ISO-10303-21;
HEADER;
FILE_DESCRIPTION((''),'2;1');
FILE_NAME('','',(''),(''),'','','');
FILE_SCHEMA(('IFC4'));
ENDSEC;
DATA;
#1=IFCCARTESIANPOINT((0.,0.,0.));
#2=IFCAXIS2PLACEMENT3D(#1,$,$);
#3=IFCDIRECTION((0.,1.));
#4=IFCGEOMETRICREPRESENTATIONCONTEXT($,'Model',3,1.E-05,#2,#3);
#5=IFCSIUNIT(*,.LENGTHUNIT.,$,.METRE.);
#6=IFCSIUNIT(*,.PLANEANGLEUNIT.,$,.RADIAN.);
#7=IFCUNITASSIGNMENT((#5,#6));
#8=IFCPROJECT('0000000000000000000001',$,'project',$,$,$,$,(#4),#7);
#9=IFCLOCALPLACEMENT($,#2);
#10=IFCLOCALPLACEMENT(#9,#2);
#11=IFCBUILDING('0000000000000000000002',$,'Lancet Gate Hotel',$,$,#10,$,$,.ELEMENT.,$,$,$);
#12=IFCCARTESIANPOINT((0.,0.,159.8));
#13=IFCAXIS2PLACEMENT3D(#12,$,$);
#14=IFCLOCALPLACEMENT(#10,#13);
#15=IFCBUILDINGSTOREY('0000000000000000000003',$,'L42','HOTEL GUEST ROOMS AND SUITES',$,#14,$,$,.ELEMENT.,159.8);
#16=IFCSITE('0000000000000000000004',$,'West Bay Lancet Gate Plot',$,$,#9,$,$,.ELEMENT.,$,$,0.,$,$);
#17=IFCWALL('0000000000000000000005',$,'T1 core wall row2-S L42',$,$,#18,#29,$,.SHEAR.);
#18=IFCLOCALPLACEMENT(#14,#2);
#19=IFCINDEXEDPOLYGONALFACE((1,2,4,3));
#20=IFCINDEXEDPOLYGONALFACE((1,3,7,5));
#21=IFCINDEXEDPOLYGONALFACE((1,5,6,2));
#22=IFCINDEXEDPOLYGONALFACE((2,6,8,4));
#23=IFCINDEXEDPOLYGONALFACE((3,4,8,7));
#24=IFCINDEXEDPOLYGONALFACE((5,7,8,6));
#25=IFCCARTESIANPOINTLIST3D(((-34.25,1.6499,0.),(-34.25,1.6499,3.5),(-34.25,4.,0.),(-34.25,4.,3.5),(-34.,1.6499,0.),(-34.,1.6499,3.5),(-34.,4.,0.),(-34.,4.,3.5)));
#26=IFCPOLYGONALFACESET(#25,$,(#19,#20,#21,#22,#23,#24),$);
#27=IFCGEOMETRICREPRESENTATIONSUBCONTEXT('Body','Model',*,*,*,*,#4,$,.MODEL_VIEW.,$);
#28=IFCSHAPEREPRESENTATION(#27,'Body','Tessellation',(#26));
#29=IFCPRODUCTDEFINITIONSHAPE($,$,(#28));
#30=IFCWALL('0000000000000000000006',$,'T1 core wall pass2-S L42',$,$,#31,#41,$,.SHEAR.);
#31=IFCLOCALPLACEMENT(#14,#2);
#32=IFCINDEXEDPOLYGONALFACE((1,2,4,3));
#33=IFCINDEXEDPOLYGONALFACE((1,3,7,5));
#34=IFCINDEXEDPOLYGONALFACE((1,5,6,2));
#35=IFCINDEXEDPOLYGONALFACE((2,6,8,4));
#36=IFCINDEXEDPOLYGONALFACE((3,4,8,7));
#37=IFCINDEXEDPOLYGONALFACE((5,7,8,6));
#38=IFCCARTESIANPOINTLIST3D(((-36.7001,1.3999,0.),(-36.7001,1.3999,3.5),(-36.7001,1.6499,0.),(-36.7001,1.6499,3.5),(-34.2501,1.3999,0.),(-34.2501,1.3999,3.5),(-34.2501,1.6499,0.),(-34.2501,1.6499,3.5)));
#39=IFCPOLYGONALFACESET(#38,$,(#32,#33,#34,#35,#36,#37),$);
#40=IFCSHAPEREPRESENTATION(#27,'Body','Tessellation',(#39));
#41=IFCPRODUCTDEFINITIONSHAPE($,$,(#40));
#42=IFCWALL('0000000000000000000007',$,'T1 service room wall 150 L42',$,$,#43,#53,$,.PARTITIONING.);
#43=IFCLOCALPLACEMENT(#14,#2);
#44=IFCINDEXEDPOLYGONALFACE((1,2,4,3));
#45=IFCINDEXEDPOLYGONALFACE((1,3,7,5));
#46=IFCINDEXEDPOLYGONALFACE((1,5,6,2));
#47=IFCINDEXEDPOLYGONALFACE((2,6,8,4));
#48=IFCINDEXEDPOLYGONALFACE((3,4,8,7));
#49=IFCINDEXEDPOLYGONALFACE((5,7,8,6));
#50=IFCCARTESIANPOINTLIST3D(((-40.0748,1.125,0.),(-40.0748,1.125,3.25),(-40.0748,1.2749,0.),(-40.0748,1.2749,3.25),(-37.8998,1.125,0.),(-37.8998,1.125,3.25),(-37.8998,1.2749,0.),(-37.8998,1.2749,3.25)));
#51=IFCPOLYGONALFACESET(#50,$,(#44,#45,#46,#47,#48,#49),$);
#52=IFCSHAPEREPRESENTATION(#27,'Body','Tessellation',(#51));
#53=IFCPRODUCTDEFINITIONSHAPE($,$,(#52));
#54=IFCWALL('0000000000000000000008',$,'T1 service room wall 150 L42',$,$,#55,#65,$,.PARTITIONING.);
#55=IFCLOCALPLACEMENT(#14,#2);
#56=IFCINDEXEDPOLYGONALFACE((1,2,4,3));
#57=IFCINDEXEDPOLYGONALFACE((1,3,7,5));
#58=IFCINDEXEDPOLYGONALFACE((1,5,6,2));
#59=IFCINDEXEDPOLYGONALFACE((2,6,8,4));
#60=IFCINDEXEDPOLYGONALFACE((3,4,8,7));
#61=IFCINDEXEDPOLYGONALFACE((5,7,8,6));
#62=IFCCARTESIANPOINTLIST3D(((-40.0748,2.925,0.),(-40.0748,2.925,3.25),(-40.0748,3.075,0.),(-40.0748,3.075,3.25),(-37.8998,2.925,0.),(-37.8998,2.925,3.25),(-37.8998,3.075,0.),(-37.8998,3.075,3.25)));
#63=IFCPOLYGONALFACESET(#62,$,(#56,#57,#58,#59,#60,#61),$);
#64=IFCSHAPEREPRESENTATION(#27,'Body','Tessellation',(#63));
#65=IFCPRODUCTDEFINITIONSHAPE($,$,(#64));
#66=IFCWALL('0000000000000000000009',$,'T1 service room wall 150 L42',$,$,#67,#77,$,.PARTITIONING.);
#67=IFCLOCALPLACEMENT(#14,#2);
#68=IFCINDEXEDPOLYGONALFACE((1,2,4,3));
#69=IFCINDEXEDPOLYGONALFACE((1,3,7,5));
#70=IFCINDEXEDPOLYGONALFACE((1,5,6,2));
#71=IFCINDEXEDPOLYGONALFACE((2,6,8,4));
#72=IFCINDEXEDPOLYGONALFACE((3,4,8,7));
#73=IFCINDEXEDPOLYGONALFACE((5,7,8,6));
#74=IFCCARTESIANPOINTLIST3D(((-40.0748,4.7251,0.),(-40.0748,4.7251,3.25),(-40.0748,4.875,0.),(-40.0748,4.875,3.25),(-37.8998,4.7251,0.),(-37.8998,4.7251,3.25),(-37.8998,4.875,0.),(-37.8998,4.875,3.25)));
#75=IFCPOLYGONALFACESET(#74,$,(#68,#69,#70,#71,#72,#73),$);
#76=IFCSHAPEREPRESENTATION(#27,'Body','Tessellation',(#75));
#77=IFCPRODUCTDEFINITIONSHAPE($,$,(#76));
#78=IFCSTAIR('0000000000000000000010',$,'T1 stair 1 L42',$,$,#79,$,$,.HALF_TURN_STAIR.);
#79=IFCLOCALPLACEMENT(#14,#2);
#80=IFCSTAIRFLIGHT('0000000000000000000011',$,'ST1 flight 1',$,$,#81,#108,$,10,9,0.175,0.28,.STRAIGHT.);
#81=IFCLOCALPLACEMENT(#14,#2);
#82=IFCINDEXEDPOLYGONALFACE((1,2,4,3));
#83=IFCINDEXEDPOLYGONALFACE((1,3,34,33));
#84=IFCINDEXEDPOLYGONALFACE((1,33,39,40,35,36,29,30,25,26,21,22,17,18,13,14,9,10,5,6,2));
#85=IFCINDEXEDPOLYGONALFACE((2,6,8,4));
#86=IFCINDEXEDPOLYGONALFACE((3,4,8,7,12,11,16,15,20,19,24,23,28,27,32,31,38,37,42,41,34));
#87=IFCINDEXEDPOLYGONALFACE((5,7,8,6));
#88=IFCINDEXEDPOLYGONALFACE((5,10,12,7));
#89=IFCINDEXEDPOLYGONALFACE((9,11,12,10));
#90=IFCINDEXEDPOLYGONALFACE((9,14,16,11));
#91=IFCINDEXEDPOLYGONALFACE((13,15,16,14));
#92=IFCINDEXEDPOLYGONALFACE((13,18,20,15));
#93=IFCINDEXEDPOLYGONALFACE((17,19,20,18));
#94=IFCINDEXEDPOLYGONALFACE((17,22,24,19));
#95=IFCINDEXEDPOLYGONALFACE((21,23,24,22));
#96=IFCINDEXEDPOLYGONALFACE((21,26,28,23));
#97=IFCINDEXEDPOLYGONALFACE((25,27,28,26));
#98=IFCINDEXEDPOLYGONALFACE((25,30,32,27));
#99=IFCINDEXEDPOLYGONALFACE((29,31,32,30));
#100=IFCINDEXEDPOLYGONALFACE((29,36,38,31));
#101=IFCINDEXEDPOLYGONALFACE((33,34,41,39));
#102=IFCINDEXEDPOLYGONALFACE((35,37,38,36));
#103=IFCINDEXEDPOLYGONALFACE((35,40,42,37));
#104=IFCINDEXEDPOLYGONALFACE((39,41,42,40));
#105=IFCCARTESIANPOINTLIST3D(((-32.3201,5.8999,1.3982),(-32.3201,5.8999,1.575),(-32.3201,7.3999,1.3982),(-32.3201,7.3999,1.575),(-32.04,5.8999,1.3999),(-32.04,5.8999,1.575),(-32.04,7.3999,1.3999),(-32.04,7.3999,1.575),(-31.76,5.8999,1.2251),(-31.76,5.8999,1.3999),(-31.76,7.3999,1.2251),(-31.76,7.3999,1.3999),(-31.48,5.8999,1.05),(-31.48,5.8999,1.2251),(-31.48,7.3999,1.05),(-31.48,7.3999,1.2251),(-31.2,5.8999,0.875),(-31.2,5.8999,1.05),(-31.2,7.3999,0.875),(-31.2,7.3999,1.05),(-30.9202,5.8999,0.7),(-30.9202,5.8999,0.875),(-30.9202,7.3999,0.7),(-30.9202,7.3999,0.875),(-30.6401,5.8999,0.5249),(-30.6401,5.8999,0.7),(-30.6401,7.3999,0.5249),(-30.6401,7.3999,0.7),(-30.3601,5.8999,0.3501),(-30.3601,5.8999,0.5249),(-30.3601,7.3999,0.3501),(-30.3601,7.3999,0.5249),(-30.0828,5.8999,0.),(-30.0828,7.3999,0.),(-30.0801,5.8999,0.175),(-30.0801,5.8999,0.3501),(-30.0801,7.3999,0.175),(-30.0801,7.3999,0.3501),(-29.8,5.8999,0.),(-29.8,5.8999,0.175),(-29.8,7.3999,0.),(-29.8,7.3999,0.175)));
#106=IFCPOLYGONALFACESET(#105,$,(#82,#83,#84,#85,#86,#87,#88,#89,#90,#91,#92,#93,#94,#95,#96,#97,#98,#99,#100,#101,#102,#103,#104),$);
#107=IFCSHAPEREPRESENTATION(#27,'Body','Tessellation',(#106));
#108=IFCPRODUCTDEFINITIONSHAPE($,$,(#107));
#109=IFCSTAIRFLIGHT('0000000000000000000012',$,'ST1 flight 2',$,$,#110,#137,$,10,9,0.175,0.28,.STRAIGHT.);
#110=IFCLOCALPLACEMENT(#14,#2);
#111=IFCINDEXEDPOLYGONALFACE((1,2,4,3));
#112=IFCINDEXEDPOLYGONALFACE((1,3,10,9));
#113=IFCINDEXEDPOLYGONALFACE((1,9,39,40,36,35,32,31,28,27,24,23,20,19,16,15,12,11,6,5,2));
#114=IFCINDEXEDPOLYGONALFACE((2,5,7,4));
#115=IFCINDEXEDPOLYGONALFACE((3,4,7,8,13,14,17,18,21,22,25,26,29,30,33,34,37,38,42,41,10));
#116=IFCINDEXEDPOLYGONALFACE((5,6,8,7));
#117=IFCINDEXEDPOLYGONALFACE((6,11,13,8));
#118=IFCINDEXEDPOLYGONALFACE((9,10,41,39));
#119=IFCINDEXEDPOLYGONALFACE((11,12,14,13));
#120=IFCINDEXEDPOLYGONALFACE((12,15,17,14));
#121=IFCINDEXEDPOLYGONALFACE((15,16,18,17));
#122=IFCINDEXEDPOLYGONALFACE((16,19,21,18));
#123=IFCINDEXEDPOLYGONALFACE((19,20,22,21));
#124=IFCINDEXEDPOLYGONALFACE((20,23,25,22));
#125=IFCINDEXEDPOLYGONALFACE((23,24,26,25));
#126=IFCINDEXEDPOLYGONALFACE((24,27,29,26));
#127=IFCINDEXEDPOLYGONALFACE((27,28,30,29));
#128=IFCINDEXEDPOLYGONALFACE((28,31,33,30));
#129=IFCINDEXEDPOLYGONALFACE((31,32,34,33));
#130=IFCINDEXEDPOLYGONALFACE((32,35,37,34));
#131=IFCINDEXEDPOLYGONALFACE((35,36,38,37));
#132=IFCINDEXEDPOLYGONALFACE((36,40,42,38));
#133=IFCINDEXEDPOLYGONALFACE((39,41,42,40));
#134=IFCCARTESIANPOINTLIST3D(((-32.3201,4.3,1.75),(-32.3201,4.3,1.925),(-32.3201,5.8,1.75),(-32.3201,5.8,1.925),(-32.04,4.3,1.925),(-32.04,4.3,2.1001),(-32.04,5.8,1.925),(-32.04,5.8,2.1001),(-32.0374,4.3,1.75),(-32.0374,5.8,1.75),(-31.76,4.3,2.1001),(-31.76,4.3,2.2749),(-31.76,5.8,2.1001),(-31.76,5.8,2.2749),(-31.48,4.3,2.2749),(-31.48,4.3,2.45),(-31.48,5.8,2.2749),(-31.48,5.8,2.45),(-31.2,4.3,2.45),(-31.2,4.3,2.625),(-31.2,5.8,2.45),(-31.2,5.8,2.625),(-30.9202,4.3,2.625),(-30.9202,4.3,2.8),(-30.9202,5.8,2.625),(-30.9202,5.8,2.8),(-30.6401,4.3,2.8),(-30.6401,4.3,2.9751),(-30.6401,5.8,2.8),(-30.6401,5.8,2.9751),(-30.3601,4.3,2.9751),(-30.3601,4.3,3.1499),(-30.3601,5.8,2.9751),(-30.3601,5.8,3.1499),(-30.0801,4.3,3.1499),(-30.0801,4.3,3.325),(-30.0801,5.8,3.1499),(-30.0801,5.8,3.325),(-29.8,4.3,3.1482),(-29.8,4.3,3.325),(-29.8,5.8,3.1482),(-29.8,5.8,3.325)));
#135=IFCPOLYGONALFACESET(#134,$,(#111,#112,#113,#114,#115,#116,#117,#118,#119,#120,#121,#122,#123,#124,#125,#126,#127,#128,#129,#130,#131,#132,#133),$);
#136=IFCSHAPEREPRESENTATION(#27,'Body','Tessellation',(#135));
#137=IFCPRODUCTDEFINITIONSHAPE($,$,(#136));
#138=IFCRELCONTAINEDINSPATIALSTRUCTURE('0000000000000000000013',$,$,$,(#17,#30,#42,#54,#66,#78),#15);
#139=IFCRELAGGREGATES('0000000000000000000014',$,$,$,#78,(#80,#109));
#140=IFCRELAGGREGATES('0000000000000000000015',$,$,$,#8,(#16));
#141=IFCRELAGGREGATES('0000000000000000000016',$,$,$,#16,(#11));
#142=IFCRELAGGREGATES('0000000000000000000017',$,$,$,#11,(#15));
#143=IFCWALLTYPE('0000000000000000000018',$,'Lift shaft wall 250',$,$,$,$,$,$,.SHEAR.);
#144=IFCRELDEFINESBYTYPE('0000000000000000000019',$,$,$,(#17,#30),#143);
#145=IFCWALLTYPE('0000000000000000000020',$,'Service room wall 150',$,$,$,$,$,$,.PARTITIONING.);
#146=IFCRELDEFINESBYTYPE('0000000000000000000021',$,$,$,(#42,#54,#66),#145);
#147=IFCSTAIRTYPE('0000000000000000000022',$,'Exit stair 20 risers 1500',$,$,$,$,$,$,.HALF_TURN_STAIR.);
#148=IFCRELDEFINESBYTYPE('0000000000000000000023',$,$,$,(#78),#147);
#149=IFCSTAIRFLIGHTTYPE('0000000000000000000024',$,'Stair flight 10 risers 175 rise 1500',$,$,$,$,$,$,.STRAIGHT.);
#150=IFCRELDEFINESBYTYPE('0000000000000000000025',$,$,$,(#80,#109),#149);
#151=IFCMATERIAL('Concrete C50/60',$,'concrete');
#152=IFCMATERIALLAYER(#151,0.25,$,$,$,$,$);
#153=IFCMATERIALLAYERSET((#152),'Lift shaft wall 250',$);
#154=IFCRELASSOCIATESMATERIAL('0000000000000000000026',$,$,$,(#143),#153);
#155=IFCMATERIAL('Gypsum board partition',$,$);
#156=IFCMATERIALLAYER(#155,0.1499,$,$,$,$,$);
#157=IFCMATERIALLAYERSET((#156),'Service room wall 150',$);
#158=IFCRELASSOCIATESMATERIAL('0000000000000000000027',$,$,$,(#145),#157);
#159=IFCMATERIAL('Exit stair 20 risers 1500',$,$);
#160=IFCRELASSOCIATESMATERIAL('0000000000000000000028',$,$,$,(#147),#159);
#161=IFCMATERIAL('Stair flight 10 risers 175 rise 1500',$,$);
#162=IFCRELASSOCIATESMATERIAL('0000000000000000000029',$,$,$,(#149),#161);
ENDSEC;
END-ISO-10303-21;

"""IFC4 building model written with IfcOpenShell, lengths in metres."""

from ifc_helpers import new_model, si_unit, direction, frame, frame_2d, origin, place, context, subcontext, project, spatial, polyline, rectangle, outline, extrude, material, layer, layer_set, type_object, element, aggregate, save


model = new_model("IFC4")

# Units and contexts
model_context = context("Model", 3, precision=1e-05, world=origin(), true_north=direction((0.0, 1.0)))
body_context = subcontext(model_context, "Body", "Model", "MODEL_VIEW")
ifc_project = project(units=[si_unit("LENGTHUNIT", "METRE"), si_unit("PLANEANGLEUNIT", "RADIAN")], contexts=[model_context])

# Site, building, storey
site_placement = place(None, origin())
site = spatial("IfcSite", under=ifc_project, at=site_placement, Name="West Bay Lancet Gate Plot", CompositionType="ELEMENT", RefElevation=0.0)
building_placement = place(site_placement, origin())
building = spatial("IfcBuilding", under=site, at=building_placement, Name="Lancet Gate Hotel", CompositionType="ELEMENT")
storey_placement = place(building_placement, frame((0.0, 0.0, 159.8)))
storey = spatial("IfcBuildingStorey", under=building, at=storey_placement, Name="L42", Description="HOTEL GUEST ROOMS AND SUITES", CompositionType="ELEMENT", Elevation=159.8)

# Shared definitions
ifc_material_1 = material(Name="Concrete C50/60", Category="concrete")
ifc_layer_1 = layer(ifc_material_1, 0.25)
ifc_layer_set_1 = layer_set([ifc_layer_1], Name="Lift shaft wall 250")
wall_type_1 = type_object("IfcWallType", Name="Lift shaft wall 250", PredefinedType="SHEAR", material=ifc_layer_set_1)

# Walls
wall_1_placement = place(storey_placement, frame((-34.125, 4.0, 0.0), z_axis=(0.0, 0.0, 1.0), x_axis=(0.0, -1.0, 0.0)))
element("IfcWall", 1, at=wall_1_placement, inside=storey, type_object=wall_type_1, Name="T1 core wall row2-S L42", PredefinedType="SHEAR", context=body_context, shape_type="SweptSolid", body=[
    extrude(rectangle(XDim=2.3501, YDim=0.25, at=frame_2d((1.175, 0.0))), origin(), (0.0, 0.0, 1.0), 3.5),
])
wall_2_placement = place(storey_placement, frame((-34.25, 1.5249, 0.0), z_axis=(0.0, 0.0, 1.0), x_axis=(-1.0, 0.0, 0.0)))
element("IfcWall", 2, at=wall_2_placement, inside=storey, type_object=wall_type_1, Name="T1 core wall pass2-S L42", PredefinedType="SHEAR", context=body_context, shape_type="SweptSolid", body=[
    extrude(rectangle(XDim=2.45, YDim=0.25, at=frame_2d((1.2251, 0.0))), origin(), (0.0, 0.0, 1.0), 3.5),
])
ifc_material_2 = material(Name="Gypsum board partition")
ifc_layer_2 = layer(ifc_material_2, 0.1499)
ifc_layer_set_2 = layer_set([ifc_layer_2], Name="Service room wall 150")
wall_type_2 = type_object("IfcWallType", Name="Service room wall 150", PredefinedType="PARTITIONING", material=ifc_layer_set_2)
for number, where, z_axis, x_axis, name in (
    (3, (-37.8999, 1.2, 0.0), (0.0, 0.0, 1.0), (-1.0, 0.0, 0.0), "T1 service room wall 150 L42"),
    (4, (-37.8999, 3.0, 0.0), (0.0, 0.0, 1.0), (-1.0, 0.0, 0.0), "T1 service room wall 150 L42"),
    (5, (-37.8999, 4.8, 0.0), (0.0, 0.0, 1.0), (-1.0, 0.0, 0.0), "T1 service room wall 150 L42"),
):
    element("IfcWall", number, at=place(storey_placement, frame(where, z_axis=z_axis, x_axis=x_axis)), inside=storey, type_object=wall_type_2, Name=name, PredefinedType="PARTITIONING", context=body_context, shape_type="SweptSolid", body=[
        extrude(rectangle(XDim=2.175, YDim=0.1499, at=frame_2d((1.0874, 0.0))), origin(), (0.0, 0.0, 1.0), 3.25),
    ])

# Stair, stair flights
ifc_material_3 = material(Name="Exit stair 20 risers 1500")
stair_type = type_object("IfcStairType", Name="Exit stair 20 risers 1500", PredefinedType="HALF_TURN_STAIR", material=ifc_material_3)
stair_placement = place(storey_placement, origin())
stair = element("IfcStair", 6, at=stair_placement, inside=storey, type_object=stair_type, Name="T1 stair 1 L42", PredefinedType="HALF_TURN_STAIR")
ifc_material_4 = material(Name="Stair flight 10 risers 175 rise 1500")
stair_flight_type = type_object("IfcStairFlightType", Name="Stair flight 10 risers 175 rise 1500", PredefinedType="STRAIGHT", material=ifc_material_4)
stair_flight_1_placement = place(storey_placement, frame((-29.8, 6.6499, 0.0), z_axis=(0.0, 0.0, 1.0), x_axis=(-1.0, 0.0, 0.0)))
stair_flight_1 = element("IfcStairFlight", 7, at=stair_flight_1_placement, type_object=stair_flight_type, Name="ST1 flight 1", NumberOfRisers=10, NumberOfTreads=9, PredefinedType="STRAIGHT", RiserHeight=0.175, TreadLength=0.28, context=body_context, shape_type="SweptSolid", body=[
    extrude(outline(polyline([(0.0, 0.0), (0.0, 0.175), (0.28, 0.175), (0.28, 0.3501), (0.5601, 0.3501), (0.5601, 0.5249), (0.8401, 0.5249), (0.8401, 0.7), (1.1201, 0.7), (1.1201, 0.875), (1.3999, 0.875), (1.3999, 1.05), (1.6799, 1.05), (1.6799, 1.2251), (1.96, 1.2251), (1.96, 1.3999), (2.24, 1.3999), (2.24, 1.575), (2.52, 1.575), (2.52, 1.75), (2.52, 1.3982), (0.2827, 0.0), (0.0, 0.0)])), frame((0.0, 0.75, 0.0), z_axis=(0.0, -1.0, 0.0), x_axis=(1.0, 0.0, 0.0)), (0.0, 0.0, 1.0), 1.5),
])
stair_flight_2_placement = place(storey_placement, frame((-32.3201, 5.05, 1.75), z_axis=(0.0, 0.0, 1.0), x_axis=(1.0, 0.0, 0.0)))
stair_flight_2 = element("IfcStairFlight", 8, at=stair_flight_2_placement, type_object=stair_flight_type, Name="ST1 flight 2", NumberOfRisers=10, NumberOfTreads=9, PredefinedType="STRAIGHT", RiserHeight=0.175, TreadLength=0.28, context=body_context, shape_type="SweptSolid", body=[
    extrude(outline(polyline([(0.0, 0.0), (0.0, 0.175), (0.28, 0.175), (0.28, 0.3501), (0.5601, 0.3501), (0.5601, 0.5249), (0.8401, 0.5249), (0.8401, 0.7), (1.1201, 0.7), (1.1201, 0.875), (1.3999, 0.875), (1.3999, 1.05), (1.6799, 1.05), (1.6799, 1.2251), (1.96, 1.2251), (1.96, 1.3999), (2.24, 1.3999), (2.24, 1.575), (2.52, 1.575), (2.52, 1.75), (2.52, 1.3982), (0.2827, 0.0), (0.0, 0.0)])), frame((0.0, 0.75, 0.0), z_axis=(0.0, -1.0, 0.0), x_axis=(1.0, 0.0, 0.0)), (0.0, 0.0, 1.0), 1.5),
])
aggregate(stair, [stair_flight_1, stair_flight_2])

save(model, "model.ifc")
